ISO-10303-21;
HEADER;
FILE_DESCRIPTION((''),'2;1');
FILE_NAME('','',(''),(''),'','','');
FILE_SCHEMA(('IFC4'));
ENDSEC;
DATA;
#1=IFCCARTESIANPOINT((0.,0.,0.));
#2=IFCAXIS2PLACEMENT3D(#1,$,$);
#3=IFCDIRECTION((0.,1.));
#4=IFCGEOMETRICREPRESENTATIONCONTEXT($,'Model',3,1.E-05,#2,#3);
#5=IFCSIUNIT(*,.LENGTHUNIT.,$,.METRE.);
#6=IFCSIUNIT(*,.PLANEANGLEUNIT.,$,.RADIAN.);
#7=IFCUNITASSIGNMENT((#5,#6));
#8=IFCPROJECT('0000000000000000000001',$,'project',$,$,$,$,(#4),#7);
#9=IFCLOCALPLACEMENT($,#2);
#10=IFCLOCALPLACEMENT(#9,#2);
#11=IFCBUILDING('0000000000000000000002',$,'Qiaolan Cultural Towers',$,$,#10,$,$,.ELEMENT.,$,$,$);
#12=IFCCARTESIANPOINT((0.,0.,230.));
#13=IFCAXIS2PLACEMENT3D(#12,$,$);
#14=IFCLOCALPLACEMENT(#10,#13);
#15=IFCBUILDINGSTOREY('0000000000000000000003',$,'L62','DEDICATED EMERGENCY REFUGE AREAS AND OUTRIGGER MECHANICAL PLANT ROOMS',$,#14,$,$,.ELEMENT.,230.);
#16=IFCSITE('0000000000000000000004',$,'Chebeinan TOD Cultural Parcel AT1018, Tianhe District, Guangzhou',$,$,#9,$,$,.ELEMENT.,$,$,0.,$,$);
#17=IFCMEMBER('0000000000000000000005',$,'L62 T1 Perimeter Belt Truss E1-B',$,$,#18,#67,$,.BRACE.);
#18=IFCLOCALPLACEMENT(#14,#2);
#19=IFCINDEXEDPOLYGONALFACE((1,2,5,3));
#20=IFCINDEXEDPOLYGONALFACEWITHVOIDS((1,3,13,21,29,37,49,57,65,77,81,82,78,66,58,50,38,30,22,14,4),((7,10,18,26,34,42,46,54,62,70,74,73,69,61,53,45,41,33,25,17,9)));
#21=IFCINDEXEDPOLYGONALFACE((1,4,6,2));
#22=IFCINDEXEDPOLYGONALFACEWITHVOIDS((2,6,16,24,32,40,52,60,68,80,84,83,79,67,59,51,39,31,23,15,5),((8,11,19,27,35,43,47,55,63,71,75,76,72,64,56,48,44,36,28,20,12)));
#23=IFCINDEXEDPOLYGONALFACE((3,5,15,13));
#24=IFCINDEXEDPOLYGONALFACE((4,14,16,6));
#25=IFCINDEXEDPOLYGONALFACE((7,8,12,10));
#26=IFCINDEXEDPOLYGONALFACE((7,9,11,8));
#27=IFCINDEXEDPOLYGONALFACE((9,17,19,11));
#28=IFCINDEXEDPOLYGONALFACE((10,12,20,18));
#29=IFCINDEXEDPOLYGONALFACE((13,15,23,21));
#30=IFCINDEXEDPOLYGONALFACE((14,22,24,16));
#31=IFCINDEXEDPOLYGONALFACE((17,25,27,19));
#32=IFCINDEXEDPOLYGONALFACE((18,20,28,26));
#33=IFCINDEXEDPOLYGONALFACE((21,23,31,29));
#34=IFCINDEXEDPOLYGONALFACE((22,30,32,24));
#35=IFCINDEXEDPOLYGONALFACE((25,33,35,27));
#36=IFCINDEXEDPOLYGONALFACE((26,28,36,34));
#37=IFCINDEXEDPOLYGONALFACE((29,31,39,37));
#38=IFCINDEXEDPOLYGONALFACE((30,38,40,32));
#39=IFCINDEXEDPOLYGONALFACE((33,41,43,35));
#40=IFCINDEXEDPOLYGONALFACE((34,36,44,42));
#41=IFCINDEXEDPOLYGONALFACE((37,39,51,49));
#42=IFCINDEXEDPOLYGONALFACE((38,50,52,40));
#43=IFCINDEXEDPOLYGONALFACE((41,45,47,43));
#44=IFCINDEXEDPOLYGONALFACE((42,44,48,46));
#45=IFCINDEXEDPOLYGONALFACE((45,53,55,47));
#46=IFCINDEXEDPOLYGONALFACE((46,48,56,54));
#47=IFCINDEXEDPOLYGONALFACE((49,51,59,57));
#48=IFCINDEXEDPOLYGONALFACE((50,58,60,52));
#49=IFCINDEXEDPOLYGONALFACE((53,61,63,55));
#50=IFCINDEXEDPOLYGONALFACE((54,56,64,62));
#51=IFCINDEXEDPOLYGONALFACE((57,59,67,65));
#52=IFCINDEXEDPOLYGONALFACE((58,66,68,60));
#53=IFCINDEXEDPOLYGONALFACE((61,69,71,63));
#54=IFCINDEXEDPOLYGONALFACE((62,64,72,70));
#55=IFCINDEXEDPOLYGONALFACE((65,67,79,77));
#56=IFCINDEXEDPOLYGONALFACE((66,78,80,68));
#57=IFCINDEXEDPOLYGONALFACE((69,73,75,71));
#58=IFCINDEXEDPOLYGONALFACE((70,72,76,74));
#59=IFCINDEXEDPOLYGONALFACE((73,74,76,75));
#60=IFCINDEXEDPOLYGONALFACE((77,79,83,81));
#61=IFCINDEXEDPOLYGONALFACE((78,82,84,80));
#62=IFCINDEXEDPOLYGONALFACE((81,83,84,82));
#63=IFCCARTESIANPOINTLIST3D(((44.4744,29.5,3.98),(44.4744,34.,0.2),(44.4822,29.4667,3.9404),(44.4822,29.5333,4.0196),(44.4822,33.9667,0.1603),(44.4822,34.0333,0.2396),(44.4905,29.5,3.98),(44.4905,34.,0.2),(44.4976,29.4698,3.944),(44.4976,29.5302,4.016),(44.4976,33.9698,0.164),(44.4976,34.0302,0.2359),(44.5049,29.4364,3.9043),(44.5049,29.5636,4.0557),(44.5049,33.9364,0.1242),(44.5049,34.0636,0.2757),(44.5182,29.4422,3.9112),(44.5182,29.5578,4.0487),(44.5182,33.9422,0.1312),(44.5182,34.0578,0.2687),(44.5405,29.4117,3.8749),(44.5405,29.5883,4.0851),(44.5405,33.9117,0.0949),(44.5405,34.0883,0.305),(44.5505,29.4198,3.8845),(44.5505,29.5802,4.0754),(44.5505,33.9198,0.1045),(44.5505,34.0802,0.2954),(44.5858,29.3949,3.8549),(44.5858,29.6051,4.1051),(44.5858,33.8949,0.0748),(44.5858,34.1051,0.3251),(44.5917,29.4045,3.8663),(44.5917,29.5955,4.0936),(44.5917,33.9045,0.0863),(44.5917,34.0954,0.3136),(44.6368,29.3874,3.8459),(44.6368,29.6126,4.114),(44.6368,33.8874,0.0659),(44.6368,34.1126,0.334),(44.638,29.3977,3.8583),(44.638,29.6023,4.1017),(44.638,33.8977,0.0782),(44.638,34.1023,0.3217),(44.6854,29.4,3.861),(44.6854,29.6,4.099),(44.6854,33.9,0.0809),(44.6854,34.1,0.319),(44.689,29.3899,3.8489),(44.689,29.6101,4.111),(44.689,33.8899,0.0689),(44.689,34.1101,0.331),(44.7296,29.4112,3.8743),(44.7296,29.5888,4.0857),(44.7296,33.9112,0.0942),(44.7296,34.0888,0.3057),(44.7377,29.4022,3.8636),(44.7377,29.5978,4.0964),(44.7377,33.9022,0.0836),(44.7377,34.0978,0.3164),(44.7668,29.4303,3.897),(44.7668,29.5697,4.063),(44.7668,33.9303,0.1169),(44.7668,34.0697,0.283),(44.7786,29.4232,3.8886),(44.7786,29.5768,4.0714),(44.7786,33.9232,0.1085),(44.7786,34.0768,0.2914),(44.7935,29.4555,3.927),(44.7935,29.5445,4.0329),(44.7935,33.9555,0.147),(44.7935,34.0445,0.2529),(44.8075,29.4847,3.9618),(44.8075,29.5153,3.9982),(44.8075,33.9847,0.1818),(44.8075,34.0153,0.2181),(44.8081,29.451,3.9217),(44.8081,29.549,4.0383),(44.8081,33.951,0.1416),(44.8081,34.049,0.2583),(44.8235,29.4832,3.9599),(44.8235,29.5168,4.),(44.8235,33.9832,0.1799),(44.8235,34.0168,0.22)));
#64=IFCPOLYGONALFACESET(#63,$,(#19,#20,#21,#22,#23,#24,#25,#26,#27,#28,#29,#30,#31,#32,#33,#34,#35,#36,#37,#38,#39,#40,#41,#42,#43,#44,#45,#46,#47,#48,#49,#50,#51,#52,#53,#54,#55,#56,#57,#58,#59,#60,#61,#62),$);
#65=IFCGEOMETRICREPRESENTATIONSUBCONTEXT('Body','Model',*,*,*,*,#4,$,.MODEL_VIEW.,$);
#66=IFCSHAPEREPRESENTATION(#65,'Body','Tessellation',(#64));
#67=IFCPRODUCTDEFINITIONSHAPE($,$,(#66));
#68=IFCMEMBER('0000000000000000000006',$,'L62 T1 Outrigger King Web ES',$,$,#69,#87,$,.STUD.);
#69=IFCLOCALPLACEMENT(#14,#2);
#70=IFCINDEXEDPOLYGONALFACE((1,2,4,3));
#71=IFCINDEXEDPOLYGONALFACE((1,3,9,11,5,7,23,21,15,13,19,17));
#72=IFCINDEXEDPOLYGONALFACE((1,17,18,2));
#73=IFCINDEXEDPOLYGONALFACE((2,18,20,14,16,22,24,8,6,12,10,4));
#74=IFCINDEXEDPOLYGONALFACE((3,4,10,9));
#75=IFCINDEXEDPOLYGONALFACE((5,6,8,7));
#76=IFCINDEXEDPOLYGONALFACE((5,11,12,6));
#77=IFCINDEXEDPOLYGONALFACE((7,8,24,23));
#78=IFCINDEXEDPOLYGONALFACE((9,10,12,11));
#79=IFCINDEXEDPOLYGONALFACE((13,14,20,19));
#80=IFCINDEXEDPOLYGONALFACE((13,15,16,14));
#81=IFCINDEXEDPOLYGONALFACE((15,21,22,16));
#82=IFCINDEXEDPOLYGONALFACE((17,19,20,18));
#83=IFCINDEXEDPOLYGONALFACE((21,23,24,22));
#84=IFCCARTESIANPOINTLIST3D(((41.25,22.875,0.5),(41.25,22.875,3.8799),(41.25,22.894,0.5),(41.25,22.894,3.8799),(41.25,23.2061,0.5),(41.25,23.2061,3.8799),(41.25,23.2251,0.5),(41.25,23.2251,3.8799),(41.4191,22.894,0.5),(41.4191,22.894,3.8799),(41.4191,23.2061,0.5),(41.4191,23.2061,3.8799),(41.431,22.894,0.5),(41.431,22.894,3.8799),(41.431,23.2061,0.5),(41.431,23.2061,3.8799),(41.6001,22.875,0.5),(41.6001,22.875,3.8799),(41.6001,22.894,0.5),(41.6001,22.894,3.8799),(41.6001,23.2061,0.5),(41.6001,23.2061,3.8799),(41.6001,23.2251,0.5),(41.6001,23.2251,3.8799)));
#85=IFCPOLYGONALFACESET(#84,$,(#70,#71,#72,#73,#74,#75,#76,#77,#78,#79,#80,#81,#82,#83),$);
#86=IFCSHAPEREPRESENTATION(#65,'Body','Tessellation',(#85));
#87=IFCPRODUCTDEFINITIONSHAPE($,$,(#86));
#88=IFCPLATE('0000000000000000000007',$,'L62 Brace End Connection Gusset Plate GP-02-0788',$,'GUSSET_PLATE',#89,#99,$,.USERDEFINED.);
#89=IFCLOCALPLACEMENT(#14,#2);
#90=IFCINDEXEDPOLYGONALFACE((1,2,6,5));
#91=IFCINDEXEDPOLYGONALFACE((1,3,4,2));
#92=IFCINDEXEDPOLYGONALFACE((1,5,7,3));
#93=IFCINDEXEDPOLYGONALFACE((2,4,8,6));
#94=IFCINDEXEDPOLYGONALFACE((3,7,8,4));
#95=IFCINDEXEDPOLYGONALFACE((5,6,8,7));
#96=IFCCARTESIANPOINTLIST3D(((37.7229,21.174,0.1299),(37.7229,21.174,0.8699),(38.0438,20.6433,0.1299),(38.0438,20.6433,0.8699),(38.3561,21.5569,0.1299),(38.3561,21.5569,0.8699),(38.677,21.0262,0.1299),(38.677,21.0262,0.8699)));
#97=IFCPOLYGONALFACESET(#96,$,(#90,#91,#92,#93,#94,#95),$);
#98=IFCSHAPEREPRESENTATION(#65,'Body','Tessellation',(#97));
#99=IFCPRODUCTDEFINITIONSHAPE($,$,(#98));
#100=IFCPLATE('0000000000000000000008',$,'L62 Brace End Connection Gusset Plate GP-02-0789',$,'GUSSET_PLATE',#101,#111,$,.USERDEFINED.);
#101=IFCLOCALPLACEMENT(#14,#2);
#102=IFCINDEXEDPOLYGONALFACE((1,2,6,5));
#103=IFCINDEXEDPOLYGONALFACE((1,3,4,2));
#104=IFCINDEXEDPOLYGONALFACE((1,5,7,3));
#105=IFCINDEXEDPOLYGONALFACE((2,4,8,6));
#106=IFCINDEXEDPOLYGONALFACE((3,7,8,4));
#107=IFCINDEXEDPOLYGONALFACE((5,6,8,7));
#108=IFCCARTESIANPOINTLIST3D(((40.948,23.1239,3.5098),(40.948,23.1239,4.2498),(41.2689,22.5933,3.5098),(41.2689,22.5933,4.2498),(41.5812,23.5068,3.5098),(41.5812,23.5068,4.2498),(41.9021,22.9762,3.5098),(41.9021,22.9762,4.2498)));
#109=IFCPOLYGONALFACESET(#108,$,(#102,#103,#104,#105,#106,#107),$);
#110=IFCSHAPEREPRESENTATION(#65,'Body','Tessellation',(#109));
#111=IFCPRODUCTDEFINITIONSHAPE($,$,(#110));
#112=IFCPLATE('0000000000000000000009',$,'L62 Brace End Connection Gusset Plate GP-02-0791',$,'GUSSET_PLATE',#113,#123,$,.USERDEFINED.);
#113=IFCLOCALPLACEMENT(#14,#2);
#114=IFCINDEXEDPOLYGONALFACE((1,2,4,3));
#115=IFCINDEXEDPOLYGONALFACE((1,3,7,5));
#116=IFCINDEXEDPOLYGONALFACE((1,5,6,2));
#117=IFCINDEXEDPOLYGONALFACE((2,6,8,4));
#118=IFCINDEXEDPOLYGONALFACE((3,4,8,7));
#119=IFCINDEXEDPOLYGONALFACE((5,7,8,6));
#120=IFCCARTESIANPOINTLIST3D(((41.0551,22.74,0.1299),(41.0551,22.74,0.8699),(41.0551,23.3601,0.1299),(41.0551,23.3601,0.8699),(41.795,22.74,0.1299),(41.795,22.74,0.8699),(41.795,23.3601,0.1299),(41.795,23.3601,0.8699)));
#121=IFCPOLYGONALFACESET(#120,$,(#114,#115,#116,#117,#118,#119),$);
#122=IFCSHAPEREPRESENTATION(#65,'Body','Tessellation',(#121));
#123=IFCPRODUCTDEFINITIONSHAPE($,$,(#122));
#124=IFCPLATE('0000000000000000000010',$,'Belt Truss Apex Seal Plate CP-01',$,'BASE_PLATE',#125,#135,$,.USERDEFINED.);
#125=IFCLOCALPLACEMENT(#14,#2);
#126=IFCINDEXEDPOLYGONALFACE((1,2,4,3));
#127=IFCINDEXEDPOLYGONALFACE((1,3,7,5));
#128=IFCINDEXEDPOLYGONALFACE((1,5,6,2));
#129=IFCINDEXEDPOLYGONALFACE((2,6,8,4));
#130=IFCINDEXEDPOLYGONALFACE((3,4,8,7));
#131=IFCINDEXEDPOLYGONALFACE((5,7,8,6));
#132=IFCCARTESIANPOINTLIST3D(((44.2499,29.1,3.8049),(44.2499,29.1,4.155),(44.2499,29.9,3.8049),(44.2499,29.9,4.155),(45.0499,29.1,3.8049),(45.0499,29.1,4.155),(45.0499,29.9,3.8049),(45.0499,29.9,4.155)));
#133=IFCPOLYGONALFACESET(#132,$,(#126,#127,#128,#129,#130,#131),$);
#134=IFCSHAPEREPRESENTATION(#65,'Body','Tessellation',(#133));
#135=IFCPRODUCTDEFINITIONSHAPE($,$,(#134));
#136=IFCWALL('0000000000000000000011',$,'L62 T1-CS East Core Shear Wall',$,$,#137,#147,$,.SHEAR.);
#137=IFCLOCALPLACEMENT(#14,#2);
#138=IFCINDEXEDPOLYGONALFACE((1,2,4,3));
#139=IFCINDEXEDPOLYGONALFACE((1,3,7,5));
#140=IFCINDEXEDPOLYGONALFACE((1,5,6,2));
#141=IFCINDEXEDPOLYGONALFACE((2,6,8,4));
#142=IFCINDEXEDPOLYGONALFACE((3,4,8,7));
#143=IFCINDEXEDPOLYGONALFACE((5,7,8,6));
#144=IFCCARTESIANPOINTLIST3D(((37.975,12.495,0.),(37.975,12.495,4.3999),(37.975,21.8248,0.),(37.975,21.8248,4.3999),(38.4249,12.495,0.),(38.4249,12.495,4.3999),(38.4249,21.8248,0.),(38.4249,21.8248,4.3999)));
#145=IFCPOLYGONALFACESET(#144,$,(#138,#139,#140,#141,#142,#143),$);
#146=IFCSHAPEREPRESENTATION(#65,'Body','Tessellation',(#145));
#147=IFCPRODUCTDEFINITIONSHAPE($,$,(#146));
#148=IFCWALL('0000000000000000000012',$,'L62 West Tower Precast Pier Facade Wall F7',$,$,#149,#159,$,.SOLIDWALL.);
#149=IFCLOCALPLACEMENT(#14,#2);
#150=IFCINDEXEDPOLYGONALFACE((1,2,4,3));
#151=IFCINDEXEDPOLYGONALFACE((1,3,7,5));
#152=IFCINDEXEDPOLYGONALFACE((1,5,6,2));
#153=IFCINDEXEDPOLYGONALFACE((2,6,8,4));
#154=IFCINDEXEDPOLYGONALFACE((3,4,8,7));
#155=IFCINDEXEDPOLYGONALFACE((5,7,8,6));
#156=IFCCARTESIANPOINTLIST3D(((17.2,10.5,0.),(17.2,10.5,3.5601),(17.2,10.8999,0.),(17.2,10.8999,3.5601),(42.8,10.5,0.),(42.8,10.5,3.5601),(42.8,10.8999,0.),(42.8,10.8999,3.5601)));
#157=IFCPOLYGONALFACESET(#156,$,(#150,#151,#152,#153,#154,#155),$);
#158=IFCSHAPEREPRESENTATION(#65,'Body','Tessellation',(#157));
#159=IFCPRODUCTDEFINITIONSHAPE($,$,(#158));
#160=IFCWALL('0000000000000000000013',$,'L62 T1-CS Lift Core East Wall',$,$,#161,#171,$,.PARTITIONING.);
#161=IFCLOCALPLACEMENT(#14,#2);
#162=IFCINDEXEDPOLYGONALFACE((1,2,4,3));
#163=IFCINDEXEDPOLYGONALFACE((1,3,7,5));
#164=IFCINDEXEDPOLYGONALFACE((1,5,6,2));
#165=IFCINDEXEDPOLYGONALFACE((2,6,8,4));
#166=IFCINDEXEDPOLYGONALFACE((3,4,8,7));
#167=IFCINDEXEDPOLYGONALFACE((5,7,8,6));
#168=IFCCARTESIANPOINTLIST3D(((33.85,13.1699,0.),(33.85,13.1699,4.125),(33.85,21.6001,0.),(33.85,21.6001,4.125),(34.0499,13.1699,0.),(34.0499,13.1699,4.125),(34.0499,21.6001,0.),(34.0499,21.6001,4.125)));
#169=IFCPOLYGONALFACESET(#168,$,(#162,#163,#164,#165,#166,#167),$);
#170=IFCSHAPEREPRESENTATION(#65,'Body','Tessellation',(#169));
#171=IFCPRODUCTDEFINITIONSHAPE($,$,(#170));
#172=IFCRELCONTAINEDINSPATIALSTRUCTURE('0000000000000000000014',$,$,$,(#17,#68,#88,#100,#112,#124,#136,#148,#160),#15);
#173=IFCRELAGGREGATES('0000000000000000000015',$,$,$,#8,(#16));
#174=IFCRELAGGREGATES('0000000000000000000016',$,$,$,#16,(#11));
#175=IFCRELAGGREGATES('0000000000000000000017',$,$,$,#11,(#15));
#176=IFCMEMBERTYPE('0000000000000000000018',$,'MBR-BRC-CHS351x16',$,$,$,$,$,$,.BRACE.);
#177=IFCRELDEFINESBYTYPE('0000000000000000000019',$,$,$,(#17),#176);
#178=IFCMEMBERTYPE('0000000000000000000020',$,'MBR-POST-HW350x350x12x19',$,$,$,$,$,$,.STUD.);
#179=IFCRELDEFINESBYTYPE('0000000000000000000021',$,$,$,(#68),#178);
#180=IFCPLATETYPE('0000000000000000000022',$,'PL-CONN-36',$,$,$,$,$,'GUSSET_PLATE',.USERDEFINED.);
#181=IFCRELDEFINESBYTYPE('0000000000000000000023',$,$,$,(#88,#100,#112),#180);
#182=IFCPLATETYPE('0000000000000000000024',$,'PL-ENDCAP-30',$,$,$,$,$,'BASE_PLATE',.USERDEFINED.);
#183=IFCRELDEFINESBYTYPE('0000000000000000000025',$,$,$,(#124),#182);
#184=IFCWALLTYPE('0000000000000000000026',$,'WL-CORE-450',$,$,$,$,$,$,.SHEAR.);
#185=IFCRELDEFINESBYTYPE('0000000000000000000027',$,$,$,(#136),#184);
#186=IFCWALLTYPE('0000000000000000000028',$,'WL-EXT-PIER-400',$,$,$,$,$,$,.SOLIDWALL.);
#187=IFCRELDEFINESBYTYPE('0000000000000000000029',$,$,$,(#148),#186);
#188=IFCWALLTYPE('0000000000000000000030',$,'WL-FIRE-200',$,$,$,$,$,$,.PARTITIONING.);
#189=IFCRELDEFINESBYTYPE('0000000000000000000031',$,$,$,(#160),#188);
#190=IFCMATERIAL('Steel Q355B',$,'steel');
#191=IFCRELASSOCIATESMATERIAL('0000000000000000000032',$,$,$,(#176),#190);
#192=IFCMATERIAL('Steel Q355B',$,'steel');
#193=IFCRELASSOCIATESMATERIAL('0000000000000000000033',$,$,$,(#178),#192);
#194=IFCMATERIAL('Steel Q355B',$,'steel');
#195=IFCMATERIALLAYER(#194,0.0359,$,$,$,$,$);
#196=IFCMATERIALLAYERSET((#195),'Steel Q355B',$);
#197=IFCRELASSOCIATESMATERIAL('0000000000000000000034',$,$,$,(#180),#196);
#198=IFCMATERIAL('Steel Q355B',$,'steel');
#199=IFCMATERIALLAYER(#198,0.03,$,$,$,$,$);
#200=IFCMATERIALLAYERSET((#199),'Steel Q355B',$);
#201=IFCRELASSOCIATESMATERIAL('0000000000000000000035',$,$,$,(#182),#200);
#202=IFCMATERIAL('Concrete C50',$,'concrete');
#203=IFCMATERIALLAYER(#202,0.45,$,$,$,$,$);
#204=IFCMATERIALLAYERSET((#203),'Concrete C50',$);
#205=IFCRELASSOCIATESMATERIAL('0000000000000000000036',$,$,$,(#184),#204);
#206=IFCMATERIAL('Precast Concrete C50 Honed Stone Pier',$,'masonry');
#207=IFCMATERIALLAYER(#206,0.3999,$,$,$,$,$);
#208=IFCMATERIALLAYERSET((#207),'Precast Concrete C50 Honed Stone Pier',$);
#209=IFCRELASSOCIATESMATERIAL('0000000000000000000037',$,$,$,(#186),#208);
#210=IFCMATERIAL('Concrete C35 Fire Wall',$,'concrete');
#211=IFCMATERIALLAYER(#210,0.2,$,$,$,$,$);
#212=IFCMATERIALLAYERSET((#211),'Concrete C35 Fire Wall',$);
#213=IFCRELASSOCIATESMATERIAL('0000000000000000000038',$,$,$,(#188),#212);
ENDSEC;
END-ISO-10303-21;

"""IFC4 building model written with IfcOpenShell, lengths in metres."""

from ifc_helpers import new_model, si_unit, direction, frame, frame_2d, origin, origin_2d, place, context, subcontext, project, spatial, rectangle, hollow_circle, i_section, extrude, material, layer, layer_set, material_profile, profile_set, type_object, element, save


model = new_model("IFC4")

# Units and contexts
model_context = context("Model", 3, precision=1e-05, world=origin(), true_north=direction((0.0, 1.0)))
body_context = subcontext(model_context, "Body", "Model", "MODEL_VIEW")
ifc_project = project(units=[si_unit("LENGTHUNIT", "METRE"), si_unit("PLANEANGLEUNIT", "RADIAN")], contexts=[model_context])

# Site, building, storey
site_placement = place(None, origin())
site = spatial("IfcSite", under=ifc_project, at=site_placement, Name="Chebeinan TOD Cultural Parcel AT1018, Tianhe District, Guangzhou", CompositionType="ELEMENT", RefElevation=0.0)
building_placement = place(site_placement, origin())
building = spatial("IfcBuilding", under=site, at=building_placement, Name="Qiaolan Cultural Towers", CompositionType="ELEMENT")
storey_placement = place(building_placement, frame((0.0, 0.0, 230.0)))
storey = spatial("IfcBuildingStorey", under=building, at=storey_placement, Name="L62", Description="DEDICATED EMERGENCY REFUGE AREAS AND OUTRIGGER MECHANICAL PLANT ROOMS", CompositionType="ELEMENT", Elevation=230.0)

# Members
ifc_material_1 = material(Name="Steel Q355B", Category="steel")
ifc_material_profile_1 = material_profile(ifc_material_1, hollow_circle(Radius=0.1755, WallThickness=0.0161, at=origin_2d()), Name="CHS351x16")
ifc_profile_set_1 = profile_set([ifc_material_profile_1], Name="Steel Q355B")
member_type_1 = type_object("IfcMemberType", Name="MBR-BRC-CHS351x16", PredefinedType="BRACE", material=ifc_profile_set_1)
for number, where, z_axis, x_axis, name in (
    (1, (44.6499, 29.5, 3.98), (0.0, 0.765702, -0.643195), (-1.0, 0.0, 0.0), "L62 T1 Perimeter Belt Truss E1-B"),
):
    element("IfcMember", number, at=place(storey_placement, frame(where, z_axis=z_axis, x_axis=x_axis)), inside=storey, type_object=member_type_1, Name=name, PredefinedType="BRACE", context=body_context, shape_type="SweptSolid", body=[
        extrude(hollow_circle(Radius=0.1755, WallThickness=0.0161, at=origin_2d()), origin(), (0.0, 0.0, 1.0), 5.877),
    ])
ifc_material_2 = material(Name="Steel Q355B", Category="steel")
ifc_material_profile_2 = material_profile(ifc_material_2, i_section(OverallWidth=0.3501, OverallDepth=0.3501, WebThickness=0.012, FlangeThickness=0.019, at=origin_2d()), Name="HW350x350x12x19")
ifc_profile_set_2 = profile_set([ifc_material_profile_2], Name="Steel Q355B")
member_type_2 = type_object("IfcMemberType", Name="MBR-POST-HW350x350x12x19", PredefinedType="STUD", material=ifc_profile_set_2)
member_placement = place(storey_placement, frame((41.425, 23.05, 0.5), z_axis=(0.0, 0.0, 1.0), x_axis=(1.0, 0.0, 0.0)))
element("IfcMember", 2, at=member_placement, inside=storey, type_object=member_type_2, Name="L62 T1 Outrigger King Web ES", PredefinedType="STUD", context=body_context, shape_type="SweptSolid", body=[
    extrude(i_section(OverallWidth=0.3501, OverallDepth=0.3501, WebThickness=0.012, FlangeThickness=0.019, at=origin_2d()), origin(), (0.0, 0.0, 1.0), 3.3799),
])

# Plates
ifc_material_3 = material(Name="Steel Q355B", Category="steel")
ifc_layer_1 = layer(ifc_material_3, 0.0359)
ifc_layer_set_1 = layer_set([ifc_layer_1], Name="Steel Q355B")
plate_type_1 = type_object("IfcPlateType", Name="PL-CONN-36", ElementType="GUSSET_PLATE", PredefinedType="USERDEFINED", material=ifc_layer_set_1)
for number, where, z_axis, x_axis, name in (
    (3, (38.2, 21.1001, 0.1299), (0.0, 0.0, 1.0), (0.855732, 0.517419, 0.0), "L62 Brace End Connection Gusset Plate GP-02-0788"),
    (4, (41.425, 23.05, 3.5098), (0.0, 0.0, 1.0), (0.855732, 0.517419, 0.0), "L62 Brace End Connection Gusset Plate GP-02-0789"),
    (5, (41.425, 23.05, 0.1299), (0.0, 0.0, 1.0), (1.0, 0.0, 0.0), "L62 Brace End Connection Gusset Plate GP-02-0791"),
):
    element("IfcPlate", number, at=place(storey_placement, frame(where, z_axis=z_axis, x_axis=x_axis)), inside=storey, type_object=plate_type_1, Name=name, ObjectType="GUSSET_PLATE", PredefinedType="USERDEFINED", context=body_context, shape_type="SweptSolid", body=[
        extrude(rectangle(XDim=0.74, YDim=0.6201, at=origin_2d()), origin(), (0.0, 0.0, 1.0), 0.74),
    ])
ifc_material_4 = material(Name="Steel Q355B", Category="steel")
ifc_layer_2 = layer(ifc_material_4, 0.03)
ifc_layer_set_2 = layer_set([ifc_layer_2], Name="Steel Q355B")
plate_type_2 = type_object("IfcPlateType", Name="PL-ENDCAP-30", ElementType="BASE_PLATE", PredefinedType="USERDEFINED", material=ifc_layer_set_2)
plate_placement = place(storey_placement, frame((44.6499, 29.5, 3.8049), z_axis=(0.0, 0.0, 1.0), x_axis=(1.0, 0.0, 0.0)))
element("IfcPlate", 6, at=plate_placement, inside=storey, type_object=plate_type_2, Name="Belt Truss Apex Seal Plate CP-01", ObjectType="BASE_PLATE", PredefinedType="USERDEFINED", context=body_context, shape_type="SweptSolid", body=[
    extrude(rectangle(XDim=0.8, YDim=0.8, at=origin_2d()), origin(), (0.0, 0.0, 1.0), 0.3501),
])

# Walls
ifc_material_5 = material(Name="Concrete C50", Category="concrete")
ifc_layer_3 = layer(ifc_material_5, 0.45)
ifc_layer_set_3 = layer_set([ifc_layer_3], Name="Concrete C50")
wall_type_1 = type_object("IfcWallType", Name="WL-CORE-450", PredefinedType="SHEAR", material=ifc_layer_set_3)
wall_1_placement = place(storey_placement, frame((38.2, 21.825, 0.0), z_axis=(0.0, 0.0, 1.0), x_axis=(0.0, -1.0, 0.0)))
element("IfcWall", 7, at=wall_1_placement, inside=storey, type_object=wall_type_1, Name="L62 T1-CS East Core Shear Wall", PredefinedType="SHEAR", context=body_context, shape_type="SweptSolid", body=[
    extrude(rectangle(XDim=9.3298, YDim=0.45, at=frame_2d((4.665, 0.0))), origin(), (0.0, 0.0, 1.0), 4.3999),
])
ifc_material_6 = material(Name="Precast Concrete C50 Honed Stone Pier", Category="masonry")
ifc_layer_4 = layer(ifc_material_6, 0.3999)
ifc_layer_set_4 = layer_set([ifc_layer_4], Name="Precast Concrete C50 Honed Stone Pier")
wall_type_2 = type_object("IfcWallType", Name="WL-EXT-PIER-400", PredefinedType="SOLIDWALL", material=ifc_layer_set_4)
wall_2_placement = place(storey_placement, frame((42.8, 10.7, 0.0), z_axis=(0.0, 0.0, 1.0), x_axis=(-1.0, 0.0, 0.0)))
element("IfcWall", 8, at=wall_2_placement, inside=storey, type_object=wall_type_2, Name="L62 West Tower Precast Pier Facade Wall F7", PredefinedType="SOLIDWALL", context=body_context, shape_type="SweptSolid", body=[
    extrude(rectangle(XDim=25.6001, YDim=0.3999, at=frame_2d((12.8, 0.0))), origin(), (0.0, 0.0, 1.0), 3.5601),
])
ifc_material_7 = material(Name="Concrete C35 Fire Wall", Category="concrete")
ifc_layer_5 = layer(ifc_material_7, 0.2)
ifc_layer_set_5 = layer_set([ifc_layer_5], Name="Concrete C35 Fire Wall")
wall_type_3 = type_object("IfcWallType", Name="WL-FIRE-200", PredefinedType="PARTITIONING", material=ifc_layer_set_5)
wall_3_placement = place(storey_placement, frame((33.95, 21.6001, 0.0), z_axis=(0.0, 0.0, 1.0), x_axis=(0.0, -1.0, 0.0)))
element("IfcWall", 9, at=wall_3_placement, inside=storey, type_object=wall_type_3, Name="L62 T1-CS Lift Core East Wall", PredefinedType="PARTITIONING", context=body_context, shape_type="SweptSolid", body=[
    extrude(rectangle(XDim=8.4302, YDim=0.2, at=frame_2d((4.2151, 0.0))), origin(), (0.0, 0.0, 1.0), 4.125),
])

save(model, "model.ifc")
